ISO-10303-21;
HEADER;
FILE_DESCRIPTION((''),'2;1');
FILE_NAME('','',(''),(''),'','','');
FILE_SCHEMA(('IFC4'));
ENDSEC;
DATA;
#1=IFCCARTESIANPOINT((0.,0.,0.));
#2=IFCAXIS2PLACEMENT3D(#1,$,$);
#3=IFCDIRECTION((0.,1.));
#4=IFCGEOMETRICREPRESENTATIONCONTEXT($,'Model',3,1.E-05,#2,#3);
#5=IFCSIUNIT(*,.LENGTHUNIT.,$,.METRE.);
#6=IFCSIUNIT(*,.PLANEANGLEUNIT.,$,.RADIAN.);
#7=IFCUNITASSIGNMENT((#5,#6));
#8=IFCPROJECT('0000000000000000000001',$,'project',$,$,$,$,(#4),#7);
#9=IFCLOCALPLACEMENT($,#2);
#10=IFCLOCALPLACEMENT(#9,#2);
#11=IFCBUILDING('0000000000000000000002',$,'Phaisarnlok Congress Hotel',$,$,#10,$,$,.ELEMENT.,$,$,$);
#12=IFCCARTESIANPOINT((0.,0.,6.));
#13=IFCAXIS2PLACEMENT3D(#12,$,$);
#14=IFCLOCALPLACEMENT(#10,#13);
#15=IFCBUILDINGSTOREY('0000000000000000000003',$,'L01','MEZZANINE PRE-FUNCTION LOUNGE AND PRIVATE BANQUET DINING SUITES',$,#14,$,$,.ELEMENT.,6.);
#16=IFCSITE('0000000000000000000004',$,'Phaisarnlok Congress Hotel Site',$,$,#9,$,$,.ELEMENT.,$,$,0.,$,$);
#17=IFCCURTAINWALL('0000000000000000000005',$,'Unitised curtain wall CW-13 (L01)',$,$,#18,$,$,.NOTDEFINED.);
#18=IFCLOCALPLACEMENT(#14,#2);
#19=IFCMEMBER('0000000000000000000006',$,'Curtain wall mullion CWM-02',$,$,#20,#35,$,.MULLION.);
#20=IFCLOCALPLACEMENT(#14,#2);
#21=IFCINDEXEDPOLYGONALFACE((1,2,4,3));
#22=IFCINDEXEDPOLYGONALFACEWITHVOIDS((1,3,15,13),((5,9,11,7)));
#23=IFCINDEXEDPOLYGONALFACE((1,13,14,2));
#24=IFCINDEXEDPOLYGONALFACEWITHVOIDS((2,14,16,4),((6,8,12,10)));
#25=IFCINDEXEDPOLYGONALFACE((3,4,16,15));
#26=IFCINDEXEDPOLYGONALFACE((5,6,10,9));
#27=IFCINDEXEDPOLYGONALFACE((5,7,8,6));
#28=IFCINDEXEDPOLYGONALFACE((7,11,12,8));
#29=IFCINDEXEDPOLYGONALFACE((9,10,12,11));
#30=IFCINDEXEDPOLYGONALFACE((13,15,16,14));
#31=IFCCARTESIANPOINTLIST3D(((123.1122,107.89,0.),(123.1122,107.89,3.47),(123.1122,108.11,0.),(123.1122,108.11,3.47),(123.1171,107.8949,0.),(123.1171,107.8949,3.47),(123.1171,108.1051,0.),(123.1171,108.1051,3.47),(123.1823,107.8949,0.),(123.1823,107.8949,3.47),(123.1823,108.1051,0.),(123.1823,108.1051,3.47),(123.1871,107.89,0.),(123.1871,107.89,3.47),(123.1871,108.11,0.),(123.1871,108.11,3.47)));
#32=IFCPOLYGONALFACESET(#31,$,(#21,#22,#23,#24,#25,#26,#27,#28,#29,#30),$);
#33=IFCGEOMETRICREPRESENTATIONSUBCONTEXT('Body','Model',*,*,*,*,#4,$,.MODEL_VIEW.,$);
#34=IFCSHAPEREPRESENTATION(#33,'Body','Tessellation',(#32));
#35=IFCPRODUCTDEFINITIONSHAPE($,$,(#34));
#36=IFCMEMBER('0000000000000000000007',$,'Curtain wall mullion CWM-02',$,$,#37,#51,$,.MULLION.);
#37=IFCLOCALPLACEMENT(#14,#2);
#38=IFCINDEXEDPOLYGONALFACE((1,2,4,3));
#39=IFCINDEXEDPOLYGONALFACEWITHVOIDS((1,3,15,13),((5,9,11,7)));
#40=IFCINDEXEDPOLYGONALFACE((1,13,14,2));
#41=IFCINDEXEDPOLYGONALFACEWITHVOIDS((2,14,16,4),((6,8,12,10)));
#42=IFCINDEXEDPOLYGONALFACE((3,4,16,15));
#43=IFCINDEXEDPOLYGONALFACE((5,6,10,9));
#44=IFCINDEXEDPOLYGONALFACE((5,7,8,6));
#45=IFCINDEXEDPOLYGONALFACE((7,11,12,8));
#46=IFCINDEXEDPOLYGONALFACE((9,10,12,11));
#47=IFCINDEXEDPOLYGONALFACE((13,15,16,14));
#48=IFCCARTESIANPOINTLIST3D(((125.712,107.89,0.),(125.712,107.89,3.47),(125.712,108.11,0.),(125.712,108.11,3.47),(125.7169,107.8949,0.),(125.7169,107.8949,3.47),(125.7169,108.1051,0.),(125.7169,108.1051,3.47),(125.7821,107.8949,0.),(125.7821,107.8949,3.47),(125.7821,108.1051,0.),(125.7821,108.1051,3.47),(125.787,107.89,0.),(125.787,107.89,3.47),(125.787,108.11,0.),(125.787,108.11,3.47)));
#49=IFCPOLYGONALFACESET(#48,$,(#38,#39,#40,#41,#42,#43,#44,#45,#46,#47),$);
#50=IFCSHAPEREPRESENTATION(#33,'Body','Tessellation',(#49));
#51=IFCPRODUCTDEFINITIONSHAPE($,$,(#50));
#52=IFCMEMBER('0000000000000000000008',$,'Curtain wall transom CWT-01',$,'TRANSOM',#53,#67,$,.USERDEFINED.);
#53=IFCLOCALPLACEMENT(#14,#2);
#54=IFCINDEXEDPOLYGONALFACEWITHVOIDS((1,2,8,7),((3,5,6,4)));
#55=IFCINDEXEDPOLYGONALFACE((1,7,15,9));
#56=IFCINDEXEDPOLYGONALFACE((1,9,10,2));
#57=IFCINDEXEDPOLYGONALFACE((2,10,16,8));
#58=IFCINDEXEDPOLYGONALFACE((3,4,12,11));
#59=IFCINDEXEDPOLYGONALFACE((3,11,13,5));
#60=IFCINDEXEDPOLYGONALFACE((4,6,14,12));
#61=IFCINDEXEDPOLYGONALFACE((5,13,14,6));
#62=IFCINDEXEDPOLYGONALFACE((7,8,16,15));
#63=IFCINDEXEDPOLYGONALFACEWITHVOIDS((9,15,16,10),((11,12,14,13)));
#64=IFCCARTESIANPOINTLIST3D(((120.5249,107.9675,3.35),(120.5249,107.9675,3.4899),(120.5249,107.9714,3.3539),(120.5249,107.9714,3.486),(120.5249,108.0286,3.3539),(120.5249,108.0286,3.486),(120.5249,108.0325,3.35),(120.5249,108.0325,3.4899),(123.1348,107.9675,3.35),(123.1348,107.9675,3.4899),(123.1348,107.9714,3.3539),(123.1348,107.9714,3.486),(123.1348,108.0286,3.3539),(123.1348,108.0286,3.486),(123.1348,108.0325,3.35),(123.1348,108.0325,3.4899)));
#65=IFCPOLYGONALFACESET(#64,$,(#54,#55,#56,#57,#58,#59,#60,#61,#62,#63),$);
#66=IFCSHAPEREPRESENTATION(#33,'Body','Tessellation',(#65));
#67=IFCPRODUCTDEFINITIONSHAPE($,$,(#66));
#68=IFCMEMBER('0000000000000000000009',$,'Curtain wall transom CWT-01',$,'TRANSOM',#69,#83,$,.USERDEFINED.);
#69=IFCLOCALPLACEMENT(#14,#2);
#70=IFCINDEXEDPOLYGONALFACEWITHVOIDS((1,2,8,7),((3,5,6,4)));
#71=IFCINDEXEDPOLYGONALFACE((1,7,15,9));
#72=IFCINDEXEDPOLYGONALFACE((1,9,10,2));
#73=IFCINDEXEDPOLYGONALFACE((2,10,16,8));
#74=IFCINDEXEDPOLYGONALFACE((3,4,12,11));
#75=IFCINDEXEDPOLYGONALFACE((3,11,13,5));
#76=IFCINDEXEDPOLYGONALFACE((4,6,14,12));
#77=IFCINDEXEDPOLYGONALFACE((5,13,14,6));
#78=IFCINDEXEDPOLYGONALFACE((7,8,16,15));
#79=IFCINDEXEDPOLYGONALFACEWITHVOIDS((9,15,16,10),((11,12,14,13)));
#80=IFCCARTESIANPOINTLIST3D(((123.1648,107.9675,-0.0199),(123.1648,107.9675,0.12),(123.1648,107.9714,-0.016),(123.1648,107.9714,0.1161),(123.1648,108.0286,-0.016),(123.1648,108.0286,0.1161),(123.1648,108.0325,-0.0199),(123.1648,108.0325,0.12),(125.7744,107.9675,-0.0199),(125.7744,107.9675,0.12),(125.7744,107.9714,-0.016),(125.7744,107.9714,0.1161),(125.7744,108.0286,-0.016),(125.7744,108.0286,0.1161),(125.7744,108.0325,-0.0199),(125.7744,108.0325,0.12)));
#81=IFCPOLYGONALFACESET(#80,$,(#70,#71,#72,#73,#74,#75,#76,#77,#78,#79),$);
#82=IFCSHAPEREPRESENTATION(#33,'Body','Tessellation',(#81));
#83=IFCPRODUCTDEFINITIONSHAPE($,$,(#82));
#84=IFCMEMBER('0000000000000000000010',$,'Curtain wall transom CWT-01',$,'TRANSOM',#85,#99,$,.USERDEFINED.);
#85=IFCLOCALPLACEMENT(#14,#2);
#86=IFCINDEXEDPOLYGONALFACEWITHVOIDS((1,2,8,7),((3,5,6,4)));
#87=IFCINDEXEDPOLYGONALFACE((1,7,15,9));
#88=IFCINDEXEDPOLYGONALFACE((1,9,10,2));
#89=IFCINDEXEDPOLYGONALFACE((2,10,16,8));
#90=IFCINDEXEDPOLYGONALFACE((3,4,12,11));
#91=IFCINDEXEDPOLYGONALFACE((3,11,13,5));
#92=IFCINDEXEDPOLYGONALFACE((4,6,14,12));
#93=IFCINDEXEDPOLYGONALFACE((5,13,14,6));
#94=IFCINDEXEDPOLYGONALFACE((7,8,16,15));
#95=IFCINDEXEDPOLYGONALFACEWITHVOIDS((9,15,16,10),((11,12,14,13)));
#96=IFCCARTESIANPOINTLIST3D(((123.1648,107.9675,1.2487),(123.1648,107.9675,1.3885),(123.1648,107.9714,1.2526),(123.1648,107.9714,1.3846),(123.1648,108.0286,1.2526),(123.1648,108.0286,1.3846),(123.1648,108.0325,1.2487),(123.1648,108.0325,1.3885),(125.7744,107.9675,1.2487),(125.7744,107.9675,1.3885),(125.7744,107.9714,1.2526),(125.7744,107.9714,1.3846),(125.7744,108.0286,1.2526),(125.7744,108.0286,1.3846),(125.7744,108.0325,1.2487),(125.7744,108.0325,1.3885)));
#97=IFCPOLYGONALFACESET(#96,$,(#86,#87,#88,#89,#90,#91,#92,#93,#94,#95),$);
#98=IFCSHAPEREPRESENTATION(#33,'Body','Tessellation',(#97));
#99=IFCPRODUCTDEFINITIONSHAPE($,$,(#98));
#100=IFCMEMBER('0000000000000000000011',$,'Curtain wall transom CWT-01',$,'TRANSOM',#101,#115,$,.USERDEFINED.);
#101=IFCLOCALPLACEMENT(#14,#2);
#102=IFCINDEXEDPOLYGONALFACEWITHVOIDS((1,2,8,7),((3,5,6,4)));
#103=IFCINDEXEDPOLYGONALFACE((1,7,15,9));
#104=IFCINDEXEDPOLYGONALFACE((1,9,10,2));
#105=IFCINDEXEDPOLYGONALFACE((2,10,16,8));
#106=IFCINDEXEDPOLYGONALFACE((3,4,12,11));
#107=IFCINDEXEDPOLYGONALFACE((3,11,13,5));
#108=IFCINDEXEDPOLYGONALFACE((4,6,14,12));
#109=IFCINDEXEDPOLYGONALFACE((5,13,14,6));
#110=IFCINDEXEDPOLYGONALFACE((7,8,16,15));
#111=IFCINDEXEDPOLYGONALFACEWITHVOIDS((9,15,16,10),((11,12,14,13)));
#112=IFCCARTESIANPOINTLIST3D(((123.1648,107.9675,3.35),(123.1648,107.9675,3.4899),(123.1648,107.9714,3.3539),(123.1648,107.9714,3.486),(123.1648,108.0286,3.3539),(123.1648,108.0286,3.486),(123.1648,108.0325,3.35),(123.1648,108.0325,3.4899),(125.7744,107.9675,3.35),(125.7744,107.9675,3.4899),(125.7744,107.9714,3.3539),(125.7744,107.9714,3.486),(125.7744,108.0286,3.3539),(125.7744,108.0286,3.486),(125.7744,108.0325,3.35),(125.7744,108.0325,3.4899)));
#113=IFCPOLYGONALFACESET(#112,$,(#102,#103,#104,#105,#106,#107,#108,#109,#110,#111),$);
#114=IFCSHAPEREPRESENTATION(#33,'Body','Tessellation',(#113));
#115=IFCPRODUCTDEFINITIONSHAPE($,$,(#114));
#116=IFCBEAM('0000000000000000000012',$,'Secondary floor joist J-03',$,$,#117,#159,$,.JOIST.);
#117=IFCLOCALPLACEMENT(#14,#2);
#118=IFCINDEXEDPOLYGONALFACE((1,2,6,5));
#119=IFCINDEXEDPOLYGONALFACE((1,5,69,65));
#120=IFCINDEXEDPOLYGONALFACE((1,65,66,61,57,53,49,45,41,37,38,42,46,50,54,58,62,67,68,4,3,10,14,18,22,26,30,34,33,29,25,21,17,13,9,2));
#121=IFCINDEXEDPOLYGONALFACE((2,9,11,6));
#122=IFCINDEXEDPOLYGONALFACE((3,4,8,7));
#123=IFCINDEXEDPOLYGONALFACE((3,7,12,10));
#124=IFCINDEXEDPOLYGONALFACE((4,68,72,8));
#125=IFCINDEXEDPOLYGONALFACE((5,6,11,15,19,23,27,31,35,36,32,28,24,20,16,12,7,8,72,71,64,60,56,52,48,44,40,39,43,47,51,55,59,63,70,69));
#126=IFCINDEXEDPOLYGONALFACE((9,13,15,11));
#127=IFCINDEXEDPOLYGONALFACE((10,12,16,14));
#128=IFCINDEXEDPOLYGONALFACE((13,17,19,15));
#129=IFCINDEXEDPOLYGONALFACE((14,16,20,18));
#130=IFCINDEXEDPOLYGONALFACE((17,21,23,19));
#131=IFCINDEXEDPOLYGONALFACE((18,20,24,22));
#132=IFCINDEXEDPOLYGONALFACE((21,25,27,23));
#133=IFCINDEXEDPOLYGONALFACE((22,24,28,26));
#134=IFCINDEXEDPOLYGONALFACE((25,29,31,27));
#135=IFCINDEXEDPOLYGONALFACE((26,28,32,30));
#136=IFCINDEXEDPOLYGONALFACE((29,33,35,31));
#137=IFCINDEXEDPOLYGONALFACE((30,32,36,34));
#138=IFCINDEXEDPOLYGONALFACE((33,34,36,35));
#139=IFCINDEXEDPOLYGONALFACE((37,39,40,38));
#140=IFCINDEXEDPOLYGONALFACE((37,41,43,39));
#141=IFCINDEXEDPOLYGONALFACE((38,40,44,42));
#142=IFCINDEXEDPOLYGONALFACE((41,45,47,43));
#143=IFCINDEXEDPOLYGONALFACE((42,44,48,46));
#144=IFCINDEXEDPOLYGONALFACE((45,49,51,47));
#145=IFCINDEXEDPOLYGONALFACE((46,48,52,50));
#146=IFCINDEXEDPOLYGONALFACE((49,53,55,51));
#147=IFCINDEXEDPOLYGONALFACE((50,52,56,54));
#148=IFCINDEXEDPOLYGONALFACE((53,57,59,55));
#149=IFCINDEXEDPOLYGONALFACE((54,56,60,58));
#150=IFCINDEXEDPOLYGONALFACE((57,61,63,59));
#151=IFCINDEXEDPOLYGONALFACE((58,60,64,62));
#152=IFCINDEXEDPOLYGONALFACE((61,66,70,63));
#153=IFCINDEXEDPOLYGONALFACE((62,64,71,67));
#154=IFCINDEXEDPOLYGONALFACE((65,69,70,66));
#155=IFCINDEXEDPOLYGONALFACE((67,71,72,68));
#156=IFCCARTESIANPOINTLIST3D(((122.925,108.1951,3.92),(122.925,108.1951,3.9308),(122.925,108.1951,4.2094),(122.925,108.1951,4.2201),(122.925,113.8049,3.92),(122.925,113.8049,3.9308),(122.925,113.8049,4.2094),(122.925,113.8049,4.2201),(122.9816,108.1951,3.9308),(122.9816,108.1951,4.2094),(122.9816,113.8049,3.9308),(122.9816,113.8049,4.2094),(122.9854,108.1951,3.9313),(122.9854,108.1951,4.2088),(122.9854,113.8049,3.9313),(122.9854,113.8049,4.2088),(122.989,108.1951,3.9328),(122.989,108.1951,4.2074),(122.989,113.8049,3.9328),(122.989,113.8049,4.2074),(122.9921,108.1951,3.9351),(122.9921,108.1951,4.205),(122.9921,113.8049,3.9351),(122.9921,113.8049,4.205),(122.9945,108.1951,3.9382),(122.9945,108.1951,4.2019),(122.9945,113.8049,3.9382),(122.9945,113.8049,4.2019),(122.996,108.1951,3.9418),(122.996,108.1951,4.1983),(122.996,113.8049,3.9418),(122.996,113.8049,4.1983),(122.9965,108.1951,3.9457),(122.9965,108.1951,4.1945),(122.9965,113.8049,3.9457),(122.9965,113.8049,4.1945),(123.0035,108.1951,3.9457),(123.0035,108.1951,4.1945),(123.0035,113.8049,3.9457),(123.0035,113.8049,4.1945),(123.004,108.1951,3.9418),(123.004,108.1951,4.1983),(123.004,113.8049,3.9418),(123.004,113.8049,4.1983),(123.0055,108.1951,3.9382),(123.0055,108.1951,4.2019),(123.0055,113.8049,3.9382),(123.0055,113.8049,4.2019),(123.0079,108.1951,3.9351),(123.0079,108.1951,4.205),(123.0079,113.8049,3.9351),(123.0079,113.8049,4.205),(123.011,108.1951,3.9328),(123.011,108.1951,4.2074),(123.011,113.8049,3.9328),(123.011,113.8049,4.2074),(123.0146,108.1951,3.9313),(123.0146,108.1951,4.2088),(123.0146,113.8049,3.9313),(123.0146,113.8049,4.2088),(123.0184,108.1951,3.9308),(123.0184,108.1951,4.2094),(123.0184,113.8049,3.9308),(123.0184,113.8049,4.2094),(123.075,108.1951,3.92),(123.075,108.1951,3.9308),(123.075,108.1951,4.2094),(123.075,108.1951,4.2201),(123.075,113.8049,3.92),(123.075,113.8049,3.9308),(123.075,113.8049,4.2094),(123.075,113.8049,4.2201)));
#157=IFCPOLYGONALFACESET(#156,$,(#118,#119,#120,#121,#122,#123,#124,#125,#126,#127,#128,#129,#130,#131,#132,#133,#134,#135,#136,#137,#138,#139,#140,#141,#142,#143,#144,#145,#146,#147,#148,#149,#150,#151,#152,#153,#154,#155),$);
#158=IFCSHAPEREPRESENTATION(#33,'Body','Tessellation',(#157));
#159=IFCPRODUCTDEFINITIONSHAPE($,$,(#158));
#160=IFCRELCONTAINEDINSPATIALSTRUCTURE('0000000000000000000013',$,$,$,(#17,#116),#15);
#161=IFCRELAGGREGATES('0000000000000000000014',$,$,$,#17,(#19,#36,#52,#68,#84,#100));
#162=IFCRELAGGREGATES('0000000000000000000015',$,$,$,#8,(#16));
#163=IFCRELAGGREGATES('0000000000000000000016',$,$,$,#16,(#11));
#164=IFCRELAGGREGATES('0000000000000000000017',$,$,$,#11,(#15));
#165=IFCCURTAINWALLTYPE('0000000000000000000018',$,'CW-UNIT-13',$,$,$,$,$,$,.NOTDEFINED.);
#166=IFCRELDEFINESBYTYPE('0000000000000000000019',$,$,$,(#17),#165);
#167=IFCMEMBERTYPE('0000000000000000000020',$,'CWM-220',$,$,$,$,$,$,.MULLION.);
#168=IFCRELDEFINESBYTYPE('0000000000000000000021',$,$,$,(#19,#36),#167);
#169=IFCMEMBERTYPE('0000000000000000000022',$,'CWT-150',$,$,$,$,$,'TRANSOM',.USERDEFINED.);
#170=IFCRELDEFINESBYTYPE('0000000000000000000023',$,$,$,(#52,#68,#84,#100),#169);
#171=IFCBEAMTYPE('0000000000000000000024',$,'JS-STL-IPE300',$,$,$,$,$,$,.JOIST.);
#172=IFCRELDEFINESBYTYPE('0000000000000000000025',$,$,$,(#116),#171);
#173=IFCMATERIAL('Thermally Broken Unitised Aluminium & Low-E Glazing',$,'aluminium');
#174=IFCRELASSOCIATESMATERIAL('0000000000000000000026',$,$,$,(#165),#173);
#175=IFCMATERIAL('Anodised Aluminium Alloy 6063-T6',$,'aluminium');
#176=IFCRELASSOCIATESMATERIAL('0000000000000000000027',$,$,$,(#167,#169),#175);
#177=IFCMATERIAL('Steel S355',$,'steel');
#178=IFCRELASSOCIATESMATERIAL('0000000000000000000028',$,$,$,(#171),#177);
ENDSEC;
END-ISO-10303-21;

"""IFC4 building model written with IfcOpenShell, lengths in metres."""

from ifc_helpers import new_model, si_unit, direction, frame, origin, origin_2d, place, context, subcontext, project, spatial, hollow_rectangle, i_section, extrude, material, material_profile, profile_set, type_object, element, aggregate, save


model = new_model("IFC4")

# Units and contexts
model_context = context("Model", 3, precision=1e-05, world=origin(), true_north=direction((0.0, 1.0)))
body_context = subcontext(model_context, "Body", "Model", "MODEL_VIEW")
ifc_project = project(units=[si_unit("LENGTHUNIT", "METRE"), si_unit("PLANEANGLEUNIT", "RADIAN")], contexts=[model_context])

# Site, building, storey
site_placement = place(None, origin())
site = spatial("IfcSite", under=ifc_project, at=site_placement, Name="Phaisarnlok Congress Hotel Site", CompositionType="ELEMENT", RefElevation=0.0)
building_placement = place(site_placement, origin())
building = spatial("IfcBuilding", under=site, at=building_placement, Name="Phaisarnlok Congress Hotel", CompositionType="ELEMENT")
storey_placement = place(building_placement, frame((0.0, 0.0, 6.0)))
storey = spatial("IfcBuildingStorey", under=building, at=storey_placement, Name="L01", Description="MEZZANINE PRE-FUNCTION LOUNGE AND PRIVATE BANQUET DINING SUITES", CompositionType="ELEMENT", Elevation=6.0)

# Shared definitions
ifc_material_1 = material(Name="Steel S355", Category="steel")

# Curtain wall, members
ifc_material_2 = material(Name="Thermally Broken Unitised Aluminium & Low-E Glazing", Category="aluminium")
curtain_wall_type = type_object("IfcCurtainWallType", Name="CW-UNIT-13", PredefinedType="NOTDEFINED", material=ifc_material_2)
curtain_wall_placement = place(storey_placement, origin())
curtain_wall = element("IfcCurtainWall", 1, at=curtain_wall_placement, inside=storey, type_object=curtain_wall_type, Name="Unitised curtain wall CW-13 (L01)", PredefinedType="NOTDEFINED")
ifc_material_3 = material(Name="Anodised Aluminium Alloy 6063-T6", Category="aluminium")
ifc_material_profile_1 = material_profile(ifc_material_3, hollow_rectangle(XDim=0.075, YDim=0.22, WallThickness=0.0049, at=origin_2d()), Name="ALU-M 75x220x5")
ifc_profile_set_1 = profile_set([ifc_material_profile_1], Name="Anodised Aluminium Alloy 6063-T6")
member_type_1 = type_object("IfcMemberType", Name="CWM-220", PredefinedType="MULLION", material=ifc_profile_set_1)
member_1_placement = place(storey_placement, frame((123.1497, 108.0, 0.0), z_axis=(0.0, 0.0, 1.0), x_axis=(1.0, 0.0, 0.0)))
member_1 = element("IfcMember", 2, at=member_1_placement, type_object=member_type_1, Name="Curtain wall mullion CWM-02", PredefinedType="MULLION", context=body_context, shape_type="SweptSolid", body=[
    extrude(hollow_rectangle(XDim=0.075, YDim=0.22, WallThickness=0.0049, at=origin_2d()), origin(), (0.0, 0.0, 1.0), 3.47),
])
member_2_placement = place(storey_placement, frame((125.7495, 108.0, 0.0), z_axis=(0.0, 0.0, 1.0), x_axis=(1.0, 0.0, 0.0)))
member_2 = element("IfcMember", 3, at=member_2_placement, type_object=member_type_1, Name="Curtain wall mullion CWM-02", PredefinedType="MULLION", context=body_context, shape_type="SweptSolid", body=[
    extrude(hollow_rectangle(XDim=0.075, YDim=0.22, WallThickness=0.0049, at=origin_2d()), origin(), (0.0, 0.0, 1.0), 3.47),
])
ifc_material_profile_2 = material_profile(ifc_material_3, hollow_rectangle(XDim=0.0649, YDim=0.1399, WallThickness=0.0039, at=origin_2d()), Name="ALU-T 65x140x4")
ifc_profile_set_2 = profile_set([ifc_material_profile_2], Name="Anodised Aluminium Alloy 6063-T6")
member_type_2 = type_object("IfcMemberType", Name="CWT-150", ElementType="TRANSOM", PredefinedType="USERDEFINED", material=ifc_profile_set_2)
member_3_placement = place(storey_placement, frame((120.5249, 108.0, 3.4199), z_axis=(1.0, 0.0, 0.0), x_axis=(0.0, 1.0, 0.0)))
member_3 = element("IfcMember", 4, at=member_3_placement, type_object=member_type_2, Name="Curtain wall transom CWT-01", ObjectType="TRANSOM", PredefinedType="USERDEFINED", context=body_context, shape_type="SweptSolid", body=[
    extrude(hollow_rectangle(XDim=0.0649, YDim=0.1399, WallThickness=0.0039, at=origin_2d()), origin(), (0.0, 0.0, 1.0), 2.6099),
])
member_4_placement = place(storey_placement, frame((123.1648, 108.0, 0.05), z_axis=(1.0, 0.0, 0.0), x_axis=(0.0, 1.0, 0.0)))
member_4 = element("IfcMember", 5, at=member_4_placement, type_object=member_type_2, Name="Curtain wall transom CWT-01", ObjectType="TRANSOM", PredefinedType="USERDEFINED", context=body_context, shape_type="SweptSolid", body=[
    extrude(hollow_rectangle(XDim=0.0649, YDim=0.1399, WallThickness=0.0039, at=origin_2d()), origin(), (0.0, 0.0, 1.0), 2.6096),
])
member_5_placement = place(storey_placement, frame((123.1648, 108.0, 1.3186), z_axis=(1.0, 0.0, 0.0), x_axis=(0.0, 1.0, 0.0)))
member_5 = element("IfcMember", 6, at=member_5_placement, type_object=member_type_2, Name="Curtain wall transom CWT-01", ObjectType="TRANSOM", PredefinedType="USERDEFINED", context=body_context, shape_type="SweptSolid", body=[
    extrude(hollow_rectangle(XDim=0.0649, YDim=0.1399, WallThickness=0.0039, at=origin_2d()), origin(), (0.0, 0.0, 1.0), 2.6096),
])
member_6_placement = place(storey_placement, frame((123.1648, 108.0, 3.4199), z_axis=(1.0, 0.0, 0.0), x_axis=(0.0, 1.0, 0.0)))
member_6 = element("IfcMember", 7, at=member_6_placement, type_object=member_type_2, Name="Curtain wall transom CWT-01", ObjectType="TRANSOM", PredefinedType="USERDEFINED", context=body_context, shape_type="SweptSolid", body=[
    extrude(hollow_rectangle(XDim=0.0649, YDim=0.1399, WallThickness=0.0039, at=origin_2d()), origin(), (0.0, 0.0, 1.0), 2.6096),
])

# Beam
ifc_material_profile_3 = material_profile(ifc_material_1, i_section(OverallWidth=0.1499, OverallDepth=0.3, WebThickness=0.0071, FlangeThickness=0.0107, FilletRadius=0.0149, at=origin_2d()), Name="IPE 300")
ifc_profile_set_3 = profile_set([ifc_material_profile_3], Name="Steel S355")
beam_type_1 = type_object("IfcBeamType", Name="JS-STL-IPE300", PredefinedType="JOIST", material=ifc_profile_set_3)
beam_1_placement = place(storey_placement, frame((123.0, 108.1951, 4.0701), z_axis=(0.0, 1.0, 0.0), x_axis=(-1.0, 0.0, 0.0)))
element("IfcBeam", 8, at=beam_1_placement, inside=storey, type_object=beam_type_1, Name="Secondary floor joist J-03", PredefinedType="JOIST", context=body_context, shape_type="SweptSolid", body=[
    extrude(i_section(OverallWidth=0.1499, OverallDepth=0.3, WebThickness=0.0071, FlangeThickness=0.0107, FilletRadius=0.0149, at=origin_2d()), origin(), (0.0, 0.0, 1.0), 5.6099),
])

aggregate(curtain_wall, [member_1, member_2, member_3, member_4, member_5, member_6])

save(model, "model.ifc")
